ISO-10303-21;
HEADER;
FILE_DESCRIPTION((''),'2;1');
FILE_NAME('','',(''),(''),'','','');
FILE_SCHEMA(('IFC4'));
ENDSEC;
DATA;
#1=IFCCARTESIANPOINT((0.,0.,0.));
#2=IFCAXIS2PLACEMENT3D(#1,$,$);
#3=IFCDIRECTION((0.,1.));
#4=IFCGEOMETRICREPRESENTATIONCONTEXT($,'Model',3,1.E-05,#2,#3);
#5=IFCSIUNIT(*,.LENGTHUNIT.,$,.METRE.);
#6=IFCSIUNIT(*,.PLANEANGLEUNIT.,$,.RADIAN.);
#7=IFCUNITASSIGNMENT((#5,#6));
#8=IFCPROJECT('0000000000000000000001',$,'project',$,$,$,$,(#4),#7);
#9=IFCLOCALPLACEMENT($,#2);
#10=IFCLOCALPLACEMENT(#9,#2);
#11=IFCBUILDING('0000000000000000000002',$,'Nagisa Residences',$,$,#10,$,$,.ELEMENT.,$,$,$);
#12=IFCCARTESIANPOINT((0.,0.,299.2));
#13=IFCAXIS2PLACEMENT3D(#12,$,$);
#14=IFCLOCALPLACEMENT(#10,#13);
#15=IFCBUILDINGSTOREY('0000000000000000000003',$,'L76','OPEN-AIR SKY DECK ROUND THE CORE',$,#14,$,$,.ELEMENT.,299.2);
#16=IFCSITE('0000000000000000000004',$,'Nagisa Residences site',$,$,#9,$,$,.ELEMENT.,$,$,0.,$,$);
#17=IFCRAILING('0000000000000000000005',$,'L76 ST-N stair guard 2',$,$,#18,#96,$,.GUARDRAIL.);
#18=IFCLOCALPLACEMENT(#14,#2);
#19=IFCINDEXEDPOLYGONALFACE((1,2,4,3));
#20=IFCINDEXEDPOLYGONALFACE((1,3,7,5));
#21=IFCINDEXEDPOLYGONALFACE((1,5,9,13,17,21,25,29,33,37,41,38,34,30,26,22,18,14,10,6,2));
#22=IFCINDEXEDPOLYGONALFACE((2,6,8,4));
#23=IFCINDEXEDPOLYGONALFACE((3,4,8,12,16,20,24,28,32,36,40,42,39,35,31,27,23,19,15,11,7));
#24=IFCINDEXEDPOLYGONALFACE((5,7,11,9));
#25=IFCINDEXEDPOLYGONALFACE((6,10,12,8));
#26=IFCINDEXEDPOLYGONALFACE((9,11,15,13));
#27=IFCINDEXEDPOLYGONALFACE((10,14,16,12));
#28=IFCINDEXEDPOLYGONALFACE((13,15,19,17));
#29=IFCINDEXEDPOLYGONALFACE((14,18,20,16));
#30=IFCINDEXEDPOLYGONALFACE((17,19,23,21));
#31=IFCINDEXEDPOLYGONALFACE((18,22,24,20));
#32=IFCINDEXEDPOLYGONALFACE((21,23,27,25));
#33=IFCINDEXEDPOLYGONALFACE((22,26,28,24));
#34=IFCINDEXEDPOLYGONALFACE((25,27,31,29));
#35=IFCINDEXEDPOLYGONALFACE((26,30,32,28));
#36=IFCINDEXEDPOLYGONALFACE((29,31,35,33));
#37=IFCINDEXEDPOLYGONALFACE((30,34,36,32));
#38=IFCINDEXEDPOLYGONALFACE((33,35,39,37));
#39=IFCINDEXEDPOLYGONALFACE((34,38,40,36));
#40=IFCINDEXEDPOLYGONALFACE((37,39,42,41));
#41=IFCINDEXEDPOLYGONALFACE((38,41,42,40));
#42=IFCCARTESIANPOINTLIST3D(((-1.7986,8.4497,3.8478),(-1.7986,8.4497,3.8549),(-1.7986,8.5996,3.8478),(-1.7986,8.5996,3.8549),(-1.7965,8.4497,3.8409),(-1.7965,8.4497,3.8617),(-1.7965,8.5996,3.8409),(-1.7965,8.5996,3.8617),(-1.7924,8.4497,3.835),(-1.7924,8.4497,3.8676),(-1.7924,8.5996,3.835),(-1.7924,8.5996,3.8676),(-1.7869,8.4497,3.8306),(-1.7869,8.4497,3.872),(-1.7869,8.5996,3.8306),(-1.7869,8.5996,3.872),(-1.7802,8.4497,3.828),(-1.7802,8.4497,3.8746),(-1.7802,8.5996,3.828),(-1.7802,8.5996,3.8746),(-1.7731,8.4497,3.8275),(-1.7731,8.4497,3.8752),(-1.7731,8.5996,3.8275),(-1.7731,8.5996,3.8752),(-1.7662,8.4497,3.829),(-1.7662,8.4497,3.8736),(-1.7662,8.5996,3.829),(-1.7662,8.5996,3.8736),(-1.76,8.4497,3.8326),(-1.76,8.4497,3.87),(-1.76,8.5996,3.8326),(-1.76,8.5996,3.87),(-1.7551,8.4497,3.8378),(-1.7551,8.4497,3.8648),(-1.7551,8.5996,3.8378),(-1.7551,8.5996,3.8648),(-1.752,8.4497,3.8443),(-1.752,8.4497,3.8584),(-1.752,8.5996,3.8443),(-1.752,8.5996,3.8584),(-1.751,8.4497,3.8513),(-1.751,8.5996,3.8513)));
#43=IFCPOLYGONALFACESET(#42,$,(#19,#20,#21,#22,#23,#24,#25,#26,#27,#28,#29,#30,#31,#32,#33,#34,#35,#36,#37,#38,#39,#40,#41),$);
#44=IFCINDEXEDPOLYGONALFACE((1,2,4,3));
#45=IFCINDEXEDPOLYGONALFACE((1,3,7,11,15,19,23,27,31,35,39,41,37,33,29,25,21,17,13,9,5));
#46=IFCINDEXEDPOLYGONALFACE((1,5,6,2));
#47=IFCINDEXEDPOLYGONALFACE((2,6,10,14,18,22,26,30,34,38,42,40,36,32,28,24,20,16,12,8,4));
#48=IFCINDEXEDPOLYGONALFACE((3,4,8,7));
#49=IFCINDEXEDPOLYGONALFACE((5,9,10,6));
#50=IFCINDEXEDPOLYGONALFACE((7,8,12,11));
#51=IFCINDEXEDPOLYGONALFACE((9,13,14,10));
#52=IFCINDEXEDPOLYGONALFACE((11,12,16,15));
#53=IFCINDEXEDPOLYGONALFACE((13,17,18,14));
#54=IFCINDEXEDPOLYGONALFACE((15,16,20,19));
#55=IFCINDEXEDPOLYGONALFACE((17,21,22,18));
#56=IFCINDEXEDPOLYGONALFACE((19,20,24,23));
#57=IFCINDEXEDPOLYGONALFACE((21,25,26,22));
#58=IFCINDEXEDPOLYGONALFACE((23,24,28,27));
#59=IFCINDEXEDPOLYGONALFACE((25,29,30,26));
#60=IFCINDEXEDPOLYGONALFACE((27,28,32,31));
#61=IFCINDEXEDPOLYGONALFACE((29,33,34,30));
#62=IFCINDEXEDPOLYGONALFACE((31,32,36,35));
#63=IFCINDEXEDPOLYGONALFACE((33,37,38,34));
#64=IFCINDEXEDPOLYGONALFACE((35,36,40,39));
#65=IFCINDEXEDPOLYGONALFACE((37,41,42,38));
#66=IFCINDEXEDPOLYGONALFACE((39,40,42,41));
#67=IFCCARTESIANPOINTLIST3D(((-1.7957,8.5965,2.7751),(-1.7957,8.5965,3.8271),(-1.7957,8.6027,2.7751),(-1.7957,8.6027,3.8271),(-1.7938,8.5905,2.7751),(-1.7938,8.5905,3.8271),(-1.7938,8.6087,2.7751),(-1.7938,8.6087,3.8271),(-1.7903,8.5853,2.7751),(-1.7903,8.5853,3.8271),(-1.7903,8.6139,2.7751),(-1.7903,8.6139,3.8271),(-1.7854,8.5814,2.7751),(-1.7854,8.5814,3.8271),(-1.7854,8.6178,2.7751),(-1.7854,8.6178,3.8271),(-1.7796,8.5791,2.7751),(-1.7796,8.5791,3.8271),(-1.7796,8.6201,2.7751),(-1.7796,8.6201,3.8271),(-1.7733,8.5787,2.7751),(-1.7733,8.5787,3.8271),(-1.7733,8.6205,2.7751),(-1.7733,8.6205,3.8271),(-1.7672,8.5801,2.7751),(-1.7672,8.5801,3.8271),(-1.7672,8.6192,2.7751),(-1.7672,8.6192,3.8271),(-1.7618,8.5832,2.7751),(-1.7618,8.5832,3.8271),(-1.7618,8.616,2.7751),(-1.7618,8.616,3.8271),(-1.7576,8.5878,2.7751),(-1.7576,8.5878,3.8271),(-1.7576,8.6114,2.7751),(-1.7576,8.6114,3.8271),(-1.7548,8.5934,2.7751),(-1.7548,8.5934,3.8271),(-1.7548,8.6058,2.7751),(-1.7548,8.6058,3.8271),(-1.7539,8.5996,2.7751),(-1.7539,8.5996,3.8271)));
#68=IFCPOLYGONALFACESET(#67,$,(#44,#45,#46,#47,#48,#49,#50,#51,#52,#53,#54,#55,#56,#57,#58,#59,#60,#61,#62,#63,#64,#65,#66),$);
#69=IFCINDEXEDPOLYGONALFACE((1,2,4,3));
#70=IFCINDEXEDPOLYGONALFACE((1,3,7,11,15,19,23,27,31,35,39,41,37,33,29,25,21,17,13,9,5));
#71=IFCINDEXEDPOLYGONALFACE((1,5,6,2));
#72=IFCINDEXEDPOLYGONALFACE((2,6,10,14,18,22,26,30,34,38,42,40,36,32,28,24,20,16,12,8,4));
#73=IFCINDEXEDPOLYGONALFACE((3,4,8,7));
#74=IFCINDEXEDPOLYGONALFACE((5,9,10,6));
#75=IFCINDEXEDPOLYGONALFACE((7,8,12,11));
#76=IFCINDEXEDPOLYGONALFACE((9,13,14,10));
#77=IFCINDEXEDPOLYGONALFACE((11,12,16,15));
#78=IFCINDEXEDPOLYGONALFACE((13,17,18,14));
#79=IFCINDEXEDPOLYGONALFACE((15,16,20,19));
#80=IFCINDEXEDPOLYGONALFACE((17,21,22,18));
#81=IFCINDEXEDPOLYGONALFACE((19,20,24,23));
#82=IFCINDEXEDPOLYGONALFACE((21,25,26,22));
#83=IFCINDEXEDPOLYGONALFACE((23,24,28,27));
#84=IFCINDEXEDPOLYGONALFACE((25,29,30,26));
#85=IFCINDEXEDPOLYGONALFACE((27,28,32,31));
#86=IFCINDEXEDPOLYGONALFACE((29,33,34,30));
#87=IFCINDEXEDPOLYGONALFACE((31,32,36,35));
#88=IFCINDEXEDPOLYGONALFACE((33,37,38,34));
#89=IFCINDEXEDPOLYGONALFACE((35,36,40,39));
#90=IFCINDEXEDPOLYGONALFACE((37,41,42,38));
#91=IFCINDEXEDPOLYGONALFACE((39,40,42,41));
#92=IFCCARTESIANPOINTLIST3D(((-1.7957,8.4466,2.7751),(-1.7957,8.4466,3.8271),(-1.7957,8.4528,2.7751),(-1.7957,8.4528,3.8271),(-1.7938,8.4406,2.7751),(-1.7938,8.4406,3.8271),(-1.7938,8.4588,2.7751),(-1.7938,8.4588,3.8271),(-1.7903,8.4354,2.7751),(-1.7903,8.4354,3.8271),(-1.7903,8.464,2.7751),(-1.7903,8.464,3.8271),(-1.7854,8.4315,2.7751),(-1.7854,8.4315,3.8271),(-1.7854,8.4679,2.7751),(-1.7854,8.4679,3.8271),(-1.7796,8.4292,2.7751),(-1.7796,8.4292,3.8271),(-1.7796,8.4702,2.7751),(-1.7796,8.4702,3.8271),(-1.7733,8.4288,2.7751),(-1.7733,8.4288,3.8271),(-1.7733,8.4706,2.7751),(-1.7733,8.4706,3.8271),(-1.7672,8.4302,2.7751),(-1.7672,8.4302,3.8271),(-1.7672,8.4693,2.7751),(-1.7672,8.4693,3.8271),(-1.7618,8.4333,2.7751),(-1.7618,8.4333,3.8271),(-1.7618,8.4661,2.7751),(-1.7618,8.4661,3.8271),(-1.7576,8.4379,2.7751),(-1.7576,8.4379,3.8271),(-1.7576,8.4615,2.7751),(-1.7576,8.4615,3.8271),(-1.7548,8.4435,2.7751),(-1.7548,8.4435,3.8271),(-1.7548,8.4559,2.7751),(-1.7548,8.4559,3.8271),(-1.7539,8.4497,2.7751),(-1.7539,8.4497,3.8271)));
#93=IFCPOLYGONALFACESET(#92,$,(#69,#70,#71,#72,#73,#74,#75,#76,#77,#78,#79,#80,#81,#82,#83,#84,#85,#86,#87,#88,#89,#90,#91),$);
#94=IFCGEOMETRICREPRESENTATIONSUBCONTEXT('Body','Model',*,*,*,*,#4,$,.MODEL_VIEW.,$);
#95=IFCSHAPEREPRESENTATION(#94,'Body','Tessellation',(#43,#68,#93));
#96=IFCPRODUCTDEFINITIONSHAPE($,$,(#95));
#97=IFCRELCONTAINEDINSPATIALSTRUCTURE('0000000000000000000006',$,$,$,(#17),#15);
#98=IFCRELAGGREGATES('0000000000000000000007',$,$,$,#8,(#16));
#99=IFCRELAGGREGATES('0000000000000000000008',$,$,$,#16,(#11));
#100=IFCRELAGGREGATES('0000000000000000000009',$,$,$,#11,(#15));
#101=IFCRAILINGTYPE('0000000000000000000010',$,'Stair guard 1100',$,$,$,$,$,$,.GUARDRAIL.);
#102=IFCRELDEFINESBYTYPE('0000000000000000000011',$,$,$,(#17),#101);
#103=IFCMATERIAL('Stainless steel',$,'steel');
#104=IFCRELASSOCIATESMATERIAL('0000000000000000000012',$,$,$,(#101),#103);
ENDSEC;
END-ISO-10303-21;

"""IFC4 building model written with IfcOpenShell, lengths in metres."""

from ifc_helpers import new_model, si_unit, direction, frame, origin, origin_2d, place, context, subcontext, project, spatial, circle, extrude, material, type_object, element, save


model = new_model("IFC4")

# Units and contexts
model_context = context("Model", 3, precision=1e-05, world=origin(), true_north=direction((0.0, 1.0)))
body_context = subcontext(model_context, "Body", "Model", "MODEL_VIEW")
ifc_project = project(units=[si_unit("LENGTHUNIT", "METRE"), si_unit("PLANEANGLEUNIT", "RADIAN")], contexts=[model_context])

# Site, building, storey
site_placement = place(None, origin())
site = spatial("IfcSite", under=ifc_project, at=site_placement, Name="Nagisa Residences site", CompositionType="ELEMENT", RefElevation=0.0)
building_placement = place(site_placement, origin())
building = spatial("IfcBuilding", under=site, at=building_placement, Name="Nagisa Residences", CompositionType="ELEMENT")
storey_placement = place(building_placement, frame((0.0, 0.0, 299.2)))
storey = spatial("IfcBuildingStorey", under=building, at=storey_placement, Name="L76", Description="OPEN-AIR SKY DECK ROUND THE CORE", CompositionType="ELEMENT", Elevation=299.2)

# Railing
ifc_material_1 = material(Name="Stainless steel", Category="steel")
railing_type_1 = type_object("IfcRailingType", Name="Stair guard 1100", PredefinedType="GUARDRAIL", material=ifc_material_1)
railing_1_placement = place(storey_placement, frame((-1.7749, 8.5996, 2.7751)))
element("IfcRailing", 1, at=railing_1_placement, inside=storey, type_object=railing_type_1, Name="L76 ST-N stair guard 2", PredefinedType="GUARDRAIL", context=body_context, shape_type="SweptSolid", body=[
    extrude(circle(Radius=0.0239, at=origin_2d()), frame((0.0, 0.0, 1.0762), z_axis=(0.0, -1.0, 0.0), x_axis=(1.0, 0.0, 0.0)), (0.0, 0.0, 1.0), 0.1499),
    extrude(circle(Radius=0.021, at=origin_2d()), origin(), (0.0, 0.0, 1.0), 1.052),
    extrude(circle(Radius=0.021, at=origin_2d()), frame((0.0, -0.1499, 0.0)), (0.0, 0.0, 1.0), 1.052),
])

save(model, "model.ifc")
